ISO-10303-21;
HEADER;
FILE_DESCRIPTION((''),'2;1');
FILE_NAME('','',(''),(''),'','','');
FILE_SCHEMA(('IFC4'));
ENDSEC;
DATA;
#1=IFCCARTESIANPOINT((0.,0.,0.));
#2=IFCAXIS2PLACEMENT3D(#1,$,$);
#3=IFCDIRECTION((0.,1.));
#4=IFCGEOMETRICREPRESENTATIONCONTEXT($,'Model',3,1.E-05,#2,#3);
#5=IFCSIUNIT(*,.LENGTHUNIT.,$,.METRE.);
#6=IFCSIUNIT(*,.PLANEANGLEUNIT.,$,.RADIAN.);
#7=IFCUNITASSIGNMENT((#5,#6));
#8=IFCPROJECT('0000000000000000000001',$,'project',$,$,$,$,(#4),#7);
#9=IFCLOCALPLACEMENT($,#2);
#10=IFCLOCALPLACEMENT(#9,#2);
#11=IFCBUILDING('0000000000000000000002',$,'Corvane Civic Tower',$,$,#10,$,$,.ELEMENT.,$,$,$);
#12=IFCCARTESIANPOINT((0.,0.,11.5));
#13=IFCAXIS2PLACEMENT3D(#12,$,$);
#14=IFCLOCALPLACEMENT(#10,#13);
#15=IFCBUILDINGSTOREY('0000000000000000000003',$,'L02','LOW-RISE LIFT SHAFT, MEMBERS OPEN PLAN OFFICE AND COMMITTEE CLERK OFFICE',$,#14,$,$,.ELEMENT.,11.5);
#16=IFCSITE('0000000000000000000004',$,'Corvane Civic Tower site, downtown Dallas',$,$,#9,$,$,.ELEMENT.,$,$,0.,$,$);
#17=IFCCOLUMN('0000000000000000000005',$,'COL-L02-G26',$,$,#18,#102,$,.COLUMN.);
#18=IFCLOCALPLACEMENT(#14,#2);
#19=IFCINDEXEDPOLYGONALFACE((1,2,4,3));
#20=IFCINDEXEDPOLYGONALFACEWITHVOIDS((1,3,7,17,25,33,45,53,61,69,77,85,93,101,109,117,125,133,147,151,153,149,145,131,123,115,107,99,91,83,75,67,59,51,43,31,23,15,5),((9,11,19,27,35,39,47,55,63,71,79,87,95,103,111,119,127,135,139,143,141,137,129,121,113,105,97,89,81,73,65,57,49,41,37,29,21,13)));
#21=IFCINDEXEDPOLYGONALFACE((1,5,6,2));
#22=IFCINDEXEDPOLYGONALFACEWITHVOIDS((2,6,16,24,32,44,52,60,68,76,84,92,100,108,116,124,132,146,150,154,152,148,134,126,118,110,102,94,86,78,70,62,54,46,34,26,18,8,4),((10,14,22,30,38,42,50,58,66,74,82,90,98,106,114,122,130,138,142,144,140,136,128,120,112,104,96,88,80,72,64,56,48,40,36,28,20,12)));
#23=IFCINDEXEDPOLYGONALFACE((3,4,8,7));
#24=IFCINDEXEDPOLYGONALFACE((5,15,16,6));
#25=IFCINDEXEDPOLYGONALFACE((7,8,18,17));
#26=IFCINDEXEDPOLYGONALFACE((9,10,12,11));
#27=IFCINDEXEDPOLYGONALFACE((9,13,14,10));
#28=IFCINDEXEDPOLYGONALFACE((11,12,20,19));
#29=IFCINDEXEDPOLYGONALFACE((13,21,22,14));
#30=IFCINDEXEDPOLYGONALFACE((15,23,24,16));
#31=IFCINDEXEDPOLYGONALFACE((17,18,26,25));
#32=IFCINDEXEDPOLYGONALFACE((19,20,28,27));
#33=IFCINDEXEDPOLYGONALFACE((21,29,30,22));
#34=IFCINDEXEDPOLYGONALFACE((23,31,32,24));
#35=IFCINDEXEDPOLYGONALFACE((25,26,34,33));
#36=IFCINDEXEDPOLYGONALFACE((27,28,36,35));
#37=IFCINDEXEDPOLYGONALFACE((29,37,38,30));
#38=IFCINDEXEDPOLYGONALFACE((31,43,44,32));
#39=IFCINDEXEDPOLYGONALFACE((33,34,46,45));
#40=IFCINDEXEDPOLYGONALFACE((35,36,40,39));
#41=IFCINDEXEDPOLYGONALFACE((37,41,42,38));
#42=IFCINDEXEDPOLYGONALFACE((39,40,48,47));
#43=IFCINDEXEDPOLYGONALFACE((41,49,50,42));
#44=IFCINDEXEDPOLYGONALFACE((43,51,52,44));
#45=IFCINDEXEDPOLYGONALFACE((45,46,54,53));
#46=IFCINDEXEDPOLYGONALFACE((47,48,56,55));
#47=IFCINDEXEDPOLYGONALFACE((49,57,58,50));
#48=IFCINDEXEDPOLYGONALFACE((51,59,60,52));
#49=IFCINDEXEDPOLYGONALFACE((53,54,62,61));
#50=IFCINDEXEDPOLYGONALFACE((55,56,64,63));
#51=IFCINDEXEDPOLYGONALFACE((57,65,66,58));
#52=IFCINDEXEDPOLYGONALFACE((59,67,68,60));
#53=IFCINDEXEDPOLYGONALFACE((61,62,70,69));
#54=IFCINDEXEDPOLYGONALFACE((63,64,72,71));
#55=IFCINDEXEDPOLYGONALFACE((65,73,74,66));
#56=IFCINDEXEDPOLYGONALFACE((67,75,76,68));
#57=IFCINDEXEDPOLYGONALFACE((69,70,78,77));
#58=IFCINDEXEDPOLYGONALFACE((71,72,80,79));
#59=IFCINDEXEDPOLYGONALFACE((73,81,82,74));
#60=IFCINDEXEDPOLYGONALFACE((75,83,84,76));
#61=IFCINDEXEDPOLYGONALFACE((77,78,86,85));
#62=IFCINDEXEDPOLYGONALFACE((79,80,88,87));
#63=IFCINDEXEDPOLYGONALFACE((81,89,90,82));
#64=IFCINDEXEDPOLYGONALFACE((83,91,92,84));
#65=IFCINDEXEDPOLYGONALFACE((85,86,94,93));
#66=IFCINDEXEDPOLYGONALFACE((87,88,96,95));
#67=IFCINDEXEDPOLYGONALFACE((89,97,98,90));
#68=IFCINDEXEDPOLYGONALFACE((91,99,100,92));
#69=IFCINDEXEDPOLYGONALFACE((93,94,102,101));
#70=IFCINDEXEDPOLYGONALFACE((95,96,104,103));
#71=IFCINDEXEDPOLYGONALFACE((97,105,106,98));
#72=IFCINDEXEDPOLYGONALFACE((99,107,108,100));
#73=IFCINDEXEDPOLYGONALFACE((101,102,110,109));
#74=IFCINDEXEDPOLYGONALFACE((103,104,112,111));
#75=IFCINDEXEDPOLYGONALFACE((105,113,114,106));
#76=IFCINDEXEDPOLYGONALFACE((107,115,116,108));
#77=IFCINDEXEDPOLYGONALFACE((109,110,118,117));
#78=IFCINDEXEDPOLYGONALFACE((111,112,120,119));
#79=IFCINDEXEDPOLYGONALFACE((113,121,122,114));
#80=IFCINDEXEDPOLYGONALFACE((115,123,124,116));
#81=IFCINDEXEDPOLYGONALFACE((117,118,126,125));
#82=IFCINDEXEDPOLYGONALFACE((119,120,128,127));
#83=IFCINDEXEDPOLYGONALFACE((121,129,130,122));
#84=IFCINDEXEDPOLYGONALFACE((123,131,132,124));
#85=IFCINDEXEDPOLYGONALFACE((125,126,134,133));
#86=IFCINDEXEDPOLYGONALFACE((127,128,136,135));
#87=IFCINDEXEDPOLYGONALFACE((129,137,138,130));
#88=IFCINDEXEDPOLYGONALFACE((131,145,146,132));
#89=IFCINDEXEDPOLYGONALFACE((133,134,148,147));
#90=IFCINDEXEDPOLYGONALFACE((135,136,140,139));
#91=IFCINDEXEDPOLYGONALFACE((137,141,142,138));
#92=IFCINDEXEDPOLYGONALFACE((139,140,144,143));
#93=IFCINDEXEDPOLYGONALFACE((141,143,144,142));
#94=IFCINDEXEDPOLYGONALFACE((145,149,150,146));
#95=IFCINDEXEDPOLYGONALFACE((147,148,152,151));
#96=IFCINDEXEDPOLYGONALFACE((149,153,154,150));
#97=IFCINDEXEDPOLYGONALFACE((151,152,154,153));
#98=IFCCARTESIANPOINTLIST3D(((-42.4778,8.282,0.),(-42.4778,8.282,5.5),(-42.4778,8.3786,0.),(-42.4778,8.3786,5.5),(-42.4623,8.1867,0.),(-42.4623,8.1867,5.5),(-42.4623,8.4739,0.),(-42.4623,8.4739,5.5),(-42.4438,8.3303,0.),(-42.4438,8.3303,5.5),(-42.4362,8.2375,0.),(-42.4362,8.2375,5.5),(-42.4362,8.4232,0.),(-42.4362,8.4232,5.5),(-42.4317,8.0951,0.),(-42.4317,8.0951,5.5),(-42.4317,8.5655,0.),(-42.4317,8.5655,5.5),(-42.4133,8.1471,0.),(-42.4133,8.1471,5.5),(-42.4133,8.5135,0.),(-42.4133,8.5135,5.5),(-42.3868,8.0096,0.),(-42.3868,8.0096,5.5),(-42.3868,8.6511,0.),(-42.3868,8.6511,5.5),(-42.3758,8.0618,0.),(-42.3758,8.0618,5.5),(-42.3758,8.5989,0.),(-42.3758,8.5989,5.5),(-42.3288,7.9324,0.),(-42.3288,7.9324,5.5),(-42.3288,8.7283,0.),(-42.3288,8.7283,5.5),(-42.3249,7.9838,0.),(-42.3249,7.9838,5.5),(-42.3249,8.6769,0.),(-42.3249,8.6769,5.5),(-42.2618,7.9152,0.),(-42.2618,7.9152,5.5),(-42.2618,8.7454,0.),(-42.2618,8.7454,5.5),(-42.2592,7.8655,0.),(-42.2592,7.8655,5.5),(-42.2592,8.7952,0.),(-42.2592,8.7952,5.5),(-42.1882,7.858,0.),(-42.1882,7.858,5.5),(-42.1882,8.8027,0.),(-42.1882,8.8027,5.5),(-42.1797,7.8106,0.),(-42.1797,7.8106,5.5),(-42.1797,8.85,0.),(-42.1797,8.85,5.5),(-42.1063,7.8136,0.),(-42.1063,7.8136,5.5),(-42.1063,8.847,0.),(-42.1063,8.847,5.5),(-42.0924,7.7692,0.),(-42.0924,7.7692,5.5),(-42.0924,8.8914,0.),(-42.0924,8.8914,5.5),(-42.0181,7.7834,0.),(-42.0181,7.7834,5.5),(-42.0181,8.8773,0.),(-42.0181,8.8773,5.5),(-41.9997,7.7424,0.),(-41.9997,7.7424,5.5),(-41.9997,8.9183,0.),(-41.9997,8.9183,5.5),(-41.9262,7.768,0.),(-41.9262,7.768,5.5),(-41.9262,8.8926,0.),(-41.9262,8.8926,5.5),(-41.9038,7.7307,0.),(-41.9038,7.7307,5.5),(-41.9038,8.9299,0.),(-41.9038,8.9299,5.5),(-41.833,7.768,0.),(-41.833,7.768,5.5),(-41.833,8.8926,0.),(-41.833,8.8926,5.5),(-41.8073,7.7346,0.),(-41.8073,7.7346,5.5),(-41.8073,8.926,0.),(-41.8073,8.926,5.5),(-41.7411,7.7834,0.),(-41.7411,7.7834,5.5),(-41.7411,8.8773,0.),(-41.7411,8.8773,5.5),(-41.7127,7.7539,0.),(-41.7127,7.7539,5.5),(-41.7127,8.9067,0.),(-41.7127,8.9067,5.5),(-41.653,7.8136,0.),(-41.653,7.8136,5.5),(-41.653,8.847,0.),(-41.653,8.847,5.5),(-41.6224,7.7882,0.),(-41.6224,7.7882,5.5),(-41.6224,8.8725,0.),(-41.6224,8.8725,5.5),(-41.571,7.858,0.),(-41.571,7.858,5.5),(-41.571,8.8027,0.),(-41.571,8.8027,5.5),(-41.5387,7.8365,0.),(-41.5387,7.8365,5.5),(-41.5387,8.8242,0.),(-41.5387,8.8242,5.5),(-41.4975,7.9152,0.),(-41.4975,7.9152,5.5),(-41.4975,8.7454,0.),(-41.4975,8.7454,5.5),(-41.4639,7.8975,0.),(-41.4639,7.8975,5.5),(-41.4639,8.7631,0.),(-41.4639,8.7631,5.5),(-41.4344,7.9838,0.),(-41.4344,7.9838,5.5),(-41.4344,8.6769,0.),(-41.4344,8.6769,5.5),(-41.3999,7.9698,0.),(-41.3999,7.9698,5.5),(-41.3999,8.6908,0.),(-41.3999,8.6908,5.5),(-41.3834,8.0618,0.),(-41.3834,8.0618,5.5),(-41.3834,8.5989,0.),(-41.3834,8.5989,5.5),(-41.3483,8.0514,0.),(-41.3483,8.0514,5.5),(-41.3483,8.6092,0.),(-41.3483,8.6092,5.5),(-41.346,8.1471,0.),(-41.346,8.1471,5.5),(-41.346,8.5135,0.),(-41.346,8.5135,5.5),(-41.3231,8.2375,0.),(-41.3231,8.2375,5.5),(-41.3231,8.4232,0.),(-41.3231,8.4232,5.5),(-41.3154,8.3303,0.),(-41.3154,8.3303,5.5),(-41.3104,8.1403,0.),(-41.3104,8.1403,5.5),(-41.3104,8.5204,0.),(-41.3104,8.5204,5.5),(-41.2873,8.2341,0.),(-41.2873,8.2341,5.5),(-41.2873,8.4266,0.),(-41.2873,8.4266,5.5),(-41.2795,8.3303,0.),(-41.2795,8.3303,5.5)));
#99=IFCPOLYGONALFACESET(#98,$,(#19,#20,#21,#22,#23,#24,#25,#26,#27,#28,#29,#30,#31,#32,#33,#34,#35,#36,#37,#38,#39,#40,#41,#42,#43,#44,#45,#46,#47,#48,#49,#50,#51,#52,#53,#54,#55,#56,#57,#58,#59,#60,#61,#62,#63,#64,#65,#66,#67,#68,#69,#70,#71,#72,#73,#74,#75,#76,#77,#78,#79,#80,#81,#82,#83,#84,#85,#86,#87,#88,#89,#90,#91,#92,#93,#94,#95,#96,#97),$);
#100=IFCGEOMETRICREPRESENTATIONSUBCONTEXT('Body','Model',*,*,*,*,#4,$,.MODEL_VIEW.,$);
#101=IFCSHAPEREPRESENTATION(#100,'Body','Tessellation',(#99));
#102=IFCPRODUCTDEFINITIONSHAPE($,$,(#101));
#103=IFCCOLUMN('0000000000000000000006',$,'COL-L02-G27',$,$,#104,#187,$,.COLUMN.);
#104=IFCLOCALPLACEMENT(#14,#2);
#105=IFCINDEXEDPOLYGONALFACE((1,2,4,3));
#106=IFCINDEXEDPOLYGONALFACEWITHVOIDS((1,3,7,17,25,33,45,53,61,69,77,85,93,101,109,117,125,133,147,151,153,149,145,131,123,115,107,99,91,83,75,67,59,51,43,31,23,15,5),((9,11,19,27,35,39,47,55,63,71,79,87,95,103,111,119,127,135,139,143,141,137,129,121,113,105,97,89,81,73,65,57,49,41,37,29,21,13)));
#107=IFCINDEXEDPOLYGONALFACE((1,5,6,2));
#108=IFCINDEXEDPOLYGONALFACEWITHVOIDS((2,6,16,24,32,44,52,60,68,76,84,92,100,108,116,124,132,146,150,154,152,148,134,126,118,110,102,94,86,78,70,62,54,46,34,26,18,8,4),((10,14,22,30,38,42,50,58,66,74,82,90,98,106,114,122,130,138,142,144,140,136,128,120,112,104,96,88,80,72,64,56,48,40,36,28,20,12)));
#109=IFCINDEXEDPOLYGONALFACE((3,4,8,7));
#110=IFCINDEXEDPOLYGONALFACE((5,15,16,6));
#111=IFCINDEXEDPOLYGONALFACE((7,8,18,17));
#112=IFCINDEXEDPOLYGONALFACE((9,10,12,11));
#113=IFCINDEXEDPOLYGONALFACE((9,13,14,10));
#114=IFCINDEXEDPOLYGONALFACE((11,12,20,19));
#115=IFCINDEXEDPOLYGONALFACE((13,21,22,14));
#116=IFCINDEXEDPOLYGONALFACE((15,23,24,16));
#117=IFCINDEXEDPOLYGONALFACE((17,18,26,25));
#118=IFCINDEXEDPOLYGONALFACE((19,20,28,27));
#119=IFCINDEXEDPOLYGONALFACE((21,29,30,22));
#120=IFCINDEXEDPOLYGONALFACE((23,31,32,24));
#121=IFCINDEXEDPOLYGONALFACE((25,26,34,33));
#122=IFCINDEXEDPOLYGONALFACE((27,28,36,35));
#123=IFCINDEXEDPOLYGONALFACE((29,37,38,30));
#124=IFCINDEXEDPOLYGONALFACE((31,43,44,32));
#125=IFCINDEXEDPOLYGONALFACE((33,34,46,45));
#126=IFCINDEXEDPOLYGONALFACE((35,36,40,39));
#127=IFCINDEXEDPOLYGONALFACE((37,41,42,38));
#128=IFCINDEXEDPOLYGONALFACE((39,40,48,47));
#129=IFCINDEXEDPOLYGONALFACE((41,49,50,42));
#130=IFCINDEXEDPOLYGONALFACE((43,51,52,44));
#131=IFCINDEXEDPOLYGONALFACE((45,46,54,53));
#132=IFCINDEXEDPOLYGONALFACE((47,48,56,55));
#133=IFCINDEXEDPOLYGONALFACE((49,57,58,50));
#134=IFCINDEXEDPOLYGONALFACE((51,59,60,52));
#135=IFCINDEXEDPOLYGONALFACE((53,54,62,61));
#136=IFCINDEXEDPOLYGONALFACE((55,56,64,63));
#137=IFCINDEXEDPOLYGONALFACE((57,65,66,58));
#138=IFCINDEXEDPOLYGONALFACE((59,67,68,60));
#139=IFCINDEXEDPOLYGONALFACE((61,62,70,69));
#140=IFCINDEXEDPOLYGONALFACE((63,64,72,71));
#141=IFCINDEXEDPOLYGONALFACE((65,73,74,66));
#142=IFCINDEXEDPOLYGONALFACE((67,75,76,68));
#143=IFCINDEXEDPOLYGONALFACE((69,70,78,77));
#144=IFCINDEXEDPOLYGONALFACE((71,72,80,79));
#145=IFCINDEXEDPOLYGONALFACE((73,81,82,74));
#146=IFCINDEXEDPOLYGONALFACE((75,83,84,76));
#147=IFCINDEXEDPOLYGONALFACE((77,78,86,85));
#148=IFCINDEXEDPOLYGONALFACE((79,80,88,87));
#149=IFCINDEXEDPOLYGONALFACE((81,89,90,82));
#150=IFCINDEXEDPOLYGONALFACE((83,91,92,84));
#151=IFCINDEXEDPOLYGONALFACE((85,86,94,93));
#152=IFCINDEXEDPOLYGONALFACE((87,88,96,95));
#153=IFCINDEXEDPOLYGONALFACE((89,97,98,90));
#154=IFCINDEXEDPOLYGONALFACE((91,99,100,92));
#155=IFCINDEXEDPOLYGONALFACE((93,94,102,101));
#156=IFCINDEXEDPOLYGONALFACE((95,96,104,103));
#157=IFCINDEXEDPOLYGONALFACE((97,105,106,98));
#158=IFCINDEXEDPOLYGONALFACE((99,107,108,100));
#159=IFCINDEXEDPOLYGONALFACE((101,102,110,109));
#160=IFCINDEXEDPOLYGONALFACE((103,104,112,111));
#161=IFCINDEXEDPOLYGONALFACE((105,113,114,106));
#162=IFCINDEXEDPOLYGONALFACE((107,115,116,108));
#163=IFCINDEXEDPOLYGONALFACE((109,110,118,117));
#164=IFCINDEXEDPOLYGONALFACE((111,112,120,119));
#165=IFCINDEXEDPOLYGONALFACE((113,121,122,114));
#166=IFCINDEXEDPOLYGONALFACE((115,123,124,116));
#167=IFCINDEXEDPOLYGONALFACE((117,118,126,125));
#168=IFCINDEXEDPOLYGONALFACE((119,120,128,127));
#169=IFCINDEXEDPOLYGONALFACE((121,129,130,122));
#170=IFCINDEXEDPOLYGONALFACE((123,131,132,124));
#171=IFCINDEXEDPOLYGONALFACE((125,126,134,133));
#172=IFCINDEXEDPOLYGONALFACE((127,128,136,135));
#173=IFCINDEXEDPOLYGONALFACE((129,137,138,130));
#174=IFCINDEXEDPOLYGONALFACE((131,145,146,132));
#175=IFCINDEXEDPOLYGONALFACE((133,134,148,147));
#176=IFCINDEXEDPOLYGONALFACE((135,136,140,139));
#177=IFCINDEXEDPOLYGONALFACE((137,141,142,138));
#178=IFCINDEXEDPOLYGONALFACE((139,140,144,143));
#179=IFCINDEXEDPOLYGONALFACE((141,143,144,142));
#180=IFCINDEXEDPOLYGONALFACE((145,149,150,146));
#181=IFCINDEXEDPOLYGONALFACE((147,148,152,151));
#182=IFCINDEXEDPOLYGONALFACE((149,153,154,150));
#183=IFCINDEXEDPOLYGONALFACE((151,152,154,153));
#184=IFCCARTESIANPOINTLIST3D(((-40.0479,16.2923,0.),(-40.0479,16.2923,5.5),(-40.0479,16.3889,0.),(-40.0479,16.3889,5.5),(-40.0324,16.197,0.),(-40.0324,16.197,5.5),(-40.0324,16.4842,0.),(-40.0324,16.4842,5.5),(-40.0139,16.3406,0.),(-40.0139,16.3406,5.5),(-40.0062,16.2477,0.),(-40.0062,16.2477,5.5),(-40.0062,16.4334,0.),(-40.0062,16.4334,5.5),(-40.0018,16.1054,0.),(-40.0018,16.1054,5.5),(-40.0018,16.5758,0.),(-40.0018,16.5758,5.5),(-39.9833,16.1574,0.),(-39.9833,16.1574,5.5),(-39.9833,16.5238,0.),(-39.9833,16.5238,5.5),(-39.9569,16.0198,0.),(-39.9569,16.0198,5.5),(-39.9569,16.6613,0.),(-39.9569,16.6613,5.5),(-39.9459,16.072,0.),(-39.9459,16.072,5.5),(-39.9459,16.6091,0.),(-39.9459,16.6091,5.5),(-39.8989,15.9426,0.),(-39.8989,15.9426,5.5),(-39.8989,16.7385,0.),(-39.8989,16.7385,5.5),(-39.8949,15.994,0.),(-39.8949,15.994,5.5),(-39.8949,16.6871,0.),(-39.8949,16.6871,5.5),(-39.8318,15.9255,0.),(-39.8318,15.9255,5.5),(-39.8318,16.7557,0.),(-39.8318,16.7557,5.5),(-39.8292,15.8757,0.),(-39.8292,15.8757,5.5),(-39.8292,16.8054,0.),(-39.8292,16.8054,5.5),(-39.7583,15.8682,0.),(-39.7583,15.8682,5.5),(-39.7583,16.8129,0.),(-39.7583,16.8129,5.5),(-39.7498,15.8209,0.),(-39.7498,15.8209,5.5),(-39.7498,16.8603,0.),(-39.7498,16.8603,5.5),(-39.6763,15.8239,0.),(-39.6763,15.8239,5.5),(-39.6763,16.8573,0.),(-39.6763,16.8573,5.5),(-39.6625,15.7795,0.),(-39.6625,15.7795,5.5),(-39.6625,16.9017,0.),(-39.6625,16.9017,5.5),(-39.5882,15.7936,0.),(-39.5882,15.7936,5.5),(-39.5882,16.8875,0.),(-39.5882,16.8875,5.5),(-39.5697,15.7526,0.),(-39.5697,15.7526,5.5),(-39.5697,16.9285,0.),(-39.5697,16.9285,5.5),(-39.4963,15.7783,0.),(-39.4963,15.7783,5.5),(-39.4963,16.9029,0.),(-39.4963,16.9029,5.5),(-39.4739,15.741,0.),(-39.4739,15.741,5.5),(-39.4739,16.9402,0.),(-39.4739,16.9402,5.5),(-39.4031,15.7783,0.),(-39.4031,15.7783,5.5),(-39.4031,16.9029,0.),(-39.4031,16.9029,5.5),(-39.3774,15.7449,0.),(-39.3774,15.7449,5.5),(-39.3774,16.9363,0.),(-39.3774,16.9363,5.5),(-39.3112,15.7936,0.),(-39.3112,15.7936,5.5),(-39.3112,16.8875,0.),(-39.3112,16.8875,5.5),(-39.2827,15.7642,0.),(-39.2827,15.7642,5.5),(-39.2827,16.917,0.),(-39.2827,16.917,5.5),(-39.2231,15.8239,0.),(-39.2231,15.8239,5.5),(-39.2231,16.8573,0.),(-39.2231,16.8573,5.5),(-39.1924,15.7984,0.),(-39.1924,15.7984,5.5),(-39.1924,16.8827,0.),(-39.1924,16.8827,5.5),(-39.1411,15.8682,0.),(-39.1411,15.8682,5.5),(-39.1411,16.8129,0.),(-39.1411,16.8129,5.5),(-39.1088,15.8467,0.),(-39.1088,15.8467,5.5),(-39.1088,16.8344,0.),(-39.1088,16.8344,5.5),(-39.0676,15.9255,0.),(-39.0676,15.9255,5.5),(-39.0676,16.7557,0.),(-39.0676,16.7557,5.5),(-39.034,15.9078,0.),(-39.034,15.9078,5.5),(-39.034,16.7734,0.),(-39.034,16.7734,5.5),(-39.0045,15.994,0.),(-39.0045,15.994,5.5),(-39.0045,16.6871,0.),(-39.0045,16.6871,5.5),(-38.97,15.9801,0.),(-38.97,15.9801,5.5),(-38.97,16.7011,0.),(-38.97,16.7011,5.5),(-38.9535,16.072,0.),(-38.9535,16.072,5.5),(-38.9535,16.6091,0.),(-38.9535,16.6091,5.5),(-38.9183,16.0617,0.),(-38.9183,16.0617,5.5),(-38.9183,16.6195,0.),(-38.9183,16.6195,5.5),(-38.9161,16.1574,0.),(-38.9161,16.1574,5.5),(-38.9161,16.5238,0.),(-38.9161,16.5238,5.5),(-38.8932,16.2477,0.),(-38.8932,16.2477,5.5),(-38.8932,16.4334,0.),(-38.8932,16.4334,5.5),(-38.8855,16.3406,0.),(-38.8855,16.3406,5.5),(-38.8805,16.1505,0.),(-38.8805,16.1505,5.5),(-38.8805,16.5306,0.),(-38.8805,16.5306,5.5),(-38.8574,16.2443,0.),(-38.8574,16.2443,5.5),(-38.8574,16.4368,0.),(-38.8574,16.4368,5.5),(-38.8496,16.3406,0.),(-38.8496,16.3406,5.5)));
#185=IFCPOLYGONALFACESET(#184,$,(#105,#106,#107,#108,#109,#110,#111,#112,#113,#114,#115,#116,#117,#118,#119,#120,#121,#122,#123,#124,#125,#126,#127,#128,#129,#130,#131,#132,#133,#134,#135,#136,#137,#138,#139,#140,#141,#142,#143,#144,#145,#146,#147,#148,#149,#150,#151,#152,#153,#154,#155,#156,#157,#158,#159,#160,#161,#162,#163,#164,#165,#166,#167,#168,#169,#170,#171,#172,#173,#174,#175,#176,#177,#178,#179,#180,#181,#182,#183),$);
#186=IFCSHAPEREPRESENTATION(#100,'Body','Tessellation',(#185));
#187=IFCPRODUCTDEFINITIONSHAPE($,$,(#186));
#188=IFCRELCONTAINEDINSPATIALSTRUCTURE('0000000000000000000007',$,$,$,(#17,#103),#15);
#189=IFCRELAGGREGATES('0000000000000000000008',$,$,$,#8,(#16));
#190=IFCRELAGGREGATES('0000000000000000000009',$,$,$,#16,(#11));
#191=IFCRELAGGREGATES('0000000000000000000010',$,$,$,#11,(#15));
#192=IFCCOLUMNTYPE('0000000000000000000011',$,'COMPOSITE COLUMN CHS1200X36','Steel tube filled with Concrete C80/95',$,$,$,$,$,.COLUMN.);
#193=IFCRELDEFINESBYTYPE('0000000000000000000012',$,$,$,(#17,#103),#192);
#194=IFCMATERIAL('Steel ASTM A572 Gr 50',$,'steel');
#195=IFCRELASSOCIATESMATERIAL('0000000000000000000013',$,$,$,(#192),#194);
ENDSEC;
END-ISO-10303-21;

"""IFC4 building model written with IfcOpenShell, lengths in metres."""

from ifc_helpers import new_model, si_unit, direction, frame, origin, origin_2d, place, context, subcontext, project, spatial, hollow_circle, extrude, material, material_profile, profile_set, type_object, element, save


model = new_model("IFC4")

# Units and contexts
model_context = context("Model", 3, precision=1e-05, world=origin(), true_north=direction((0.0, 1.0)))
body_context = subcontext(model_context, "Body", "Model", "MODEL_VIEW")
ifc_project = project(units=[si_unit("LENGTHUNIT", "METRE"), si_unit("PLANEANGLEUNIT", "RADIAN")], contexts=[model_context])

# Site, building, storey
site_placement = place(None, origin())
site = spatial("IfcSite", under=ifc_project, at=site_placement, Name="Corvane Civic Tower site, downtown Dallas", CompositionType="ELEMENT", RefElevation=0.0)
building_placement = place(site_placement, origin())
building = spatial("IfcBuilding", under=site, at=building_placement, Name="Corvane Civic Tower", CompositionType="ELEMENT")
storey_placement = place(building_placement, frame((0.0, 0.0, 11.5)))
storey = spatial("IfcBuildingStorey", under=building, at=storey_placement, Name="L02", Description="LOW-RISE LIFT SHAFT, MEMBERS OPEN PLAN OFFICE AND COMMITTEE CLERK OFFICE", CompositionType="ELEMENT", Elevation=11.5)

# Columns
ifc_material_1 = material(Name="Steel ASTM A572 Gr 50", Category="steel")
ifc_material_profile_1 = material_profile(ifc_material_1, hollow_circle(Radius=0.6001, WallThickness=0.0359, at=origin_2d()), Name="CHS1200X36")
ifc_profile_set_1 = profile_set([ifc_material_profile_1], Name="Steel ASTM A572 Gr 50")
column_type_1 = type_object("IfcColumnType", Name="COMPOSITE COLUMN CHS1200X36", Description="Steel tube filled with Concrete C80/95", PredefinedType="COLUMN", material=ifc_profile_set_1)
for number, where, z_axis, x_axis, name in (
    (1, (-41.8796, 8.3303, 0.0), (0.0, 0.0, 1.0), (1.0, 0.0, 0.0), "COL-L02-G26"),
    (2, (-39.4497, 16.3406, 0.0), (0.0, 0.0, 1.0), (1.0, 0.0, 0.0), "COL-L02-G27"),
):
    element("IfcColumn", number, at=place(storey_placement, frame(where, z_axis=z_axis, x_axis=x_axis)), inside=storey, type_object=column_type_1, Name=name, PredefinedType="COLUMN", context=body_context, shape_type="SweptSolid", body=[
        extrude(hollow_circle(Radius=0.6001, WallThickness=0.0359, at=origin_2d()), origin(), (0.0, 0.0, 1.0), 5.5),
    ])

save(model, "model.ifc")
